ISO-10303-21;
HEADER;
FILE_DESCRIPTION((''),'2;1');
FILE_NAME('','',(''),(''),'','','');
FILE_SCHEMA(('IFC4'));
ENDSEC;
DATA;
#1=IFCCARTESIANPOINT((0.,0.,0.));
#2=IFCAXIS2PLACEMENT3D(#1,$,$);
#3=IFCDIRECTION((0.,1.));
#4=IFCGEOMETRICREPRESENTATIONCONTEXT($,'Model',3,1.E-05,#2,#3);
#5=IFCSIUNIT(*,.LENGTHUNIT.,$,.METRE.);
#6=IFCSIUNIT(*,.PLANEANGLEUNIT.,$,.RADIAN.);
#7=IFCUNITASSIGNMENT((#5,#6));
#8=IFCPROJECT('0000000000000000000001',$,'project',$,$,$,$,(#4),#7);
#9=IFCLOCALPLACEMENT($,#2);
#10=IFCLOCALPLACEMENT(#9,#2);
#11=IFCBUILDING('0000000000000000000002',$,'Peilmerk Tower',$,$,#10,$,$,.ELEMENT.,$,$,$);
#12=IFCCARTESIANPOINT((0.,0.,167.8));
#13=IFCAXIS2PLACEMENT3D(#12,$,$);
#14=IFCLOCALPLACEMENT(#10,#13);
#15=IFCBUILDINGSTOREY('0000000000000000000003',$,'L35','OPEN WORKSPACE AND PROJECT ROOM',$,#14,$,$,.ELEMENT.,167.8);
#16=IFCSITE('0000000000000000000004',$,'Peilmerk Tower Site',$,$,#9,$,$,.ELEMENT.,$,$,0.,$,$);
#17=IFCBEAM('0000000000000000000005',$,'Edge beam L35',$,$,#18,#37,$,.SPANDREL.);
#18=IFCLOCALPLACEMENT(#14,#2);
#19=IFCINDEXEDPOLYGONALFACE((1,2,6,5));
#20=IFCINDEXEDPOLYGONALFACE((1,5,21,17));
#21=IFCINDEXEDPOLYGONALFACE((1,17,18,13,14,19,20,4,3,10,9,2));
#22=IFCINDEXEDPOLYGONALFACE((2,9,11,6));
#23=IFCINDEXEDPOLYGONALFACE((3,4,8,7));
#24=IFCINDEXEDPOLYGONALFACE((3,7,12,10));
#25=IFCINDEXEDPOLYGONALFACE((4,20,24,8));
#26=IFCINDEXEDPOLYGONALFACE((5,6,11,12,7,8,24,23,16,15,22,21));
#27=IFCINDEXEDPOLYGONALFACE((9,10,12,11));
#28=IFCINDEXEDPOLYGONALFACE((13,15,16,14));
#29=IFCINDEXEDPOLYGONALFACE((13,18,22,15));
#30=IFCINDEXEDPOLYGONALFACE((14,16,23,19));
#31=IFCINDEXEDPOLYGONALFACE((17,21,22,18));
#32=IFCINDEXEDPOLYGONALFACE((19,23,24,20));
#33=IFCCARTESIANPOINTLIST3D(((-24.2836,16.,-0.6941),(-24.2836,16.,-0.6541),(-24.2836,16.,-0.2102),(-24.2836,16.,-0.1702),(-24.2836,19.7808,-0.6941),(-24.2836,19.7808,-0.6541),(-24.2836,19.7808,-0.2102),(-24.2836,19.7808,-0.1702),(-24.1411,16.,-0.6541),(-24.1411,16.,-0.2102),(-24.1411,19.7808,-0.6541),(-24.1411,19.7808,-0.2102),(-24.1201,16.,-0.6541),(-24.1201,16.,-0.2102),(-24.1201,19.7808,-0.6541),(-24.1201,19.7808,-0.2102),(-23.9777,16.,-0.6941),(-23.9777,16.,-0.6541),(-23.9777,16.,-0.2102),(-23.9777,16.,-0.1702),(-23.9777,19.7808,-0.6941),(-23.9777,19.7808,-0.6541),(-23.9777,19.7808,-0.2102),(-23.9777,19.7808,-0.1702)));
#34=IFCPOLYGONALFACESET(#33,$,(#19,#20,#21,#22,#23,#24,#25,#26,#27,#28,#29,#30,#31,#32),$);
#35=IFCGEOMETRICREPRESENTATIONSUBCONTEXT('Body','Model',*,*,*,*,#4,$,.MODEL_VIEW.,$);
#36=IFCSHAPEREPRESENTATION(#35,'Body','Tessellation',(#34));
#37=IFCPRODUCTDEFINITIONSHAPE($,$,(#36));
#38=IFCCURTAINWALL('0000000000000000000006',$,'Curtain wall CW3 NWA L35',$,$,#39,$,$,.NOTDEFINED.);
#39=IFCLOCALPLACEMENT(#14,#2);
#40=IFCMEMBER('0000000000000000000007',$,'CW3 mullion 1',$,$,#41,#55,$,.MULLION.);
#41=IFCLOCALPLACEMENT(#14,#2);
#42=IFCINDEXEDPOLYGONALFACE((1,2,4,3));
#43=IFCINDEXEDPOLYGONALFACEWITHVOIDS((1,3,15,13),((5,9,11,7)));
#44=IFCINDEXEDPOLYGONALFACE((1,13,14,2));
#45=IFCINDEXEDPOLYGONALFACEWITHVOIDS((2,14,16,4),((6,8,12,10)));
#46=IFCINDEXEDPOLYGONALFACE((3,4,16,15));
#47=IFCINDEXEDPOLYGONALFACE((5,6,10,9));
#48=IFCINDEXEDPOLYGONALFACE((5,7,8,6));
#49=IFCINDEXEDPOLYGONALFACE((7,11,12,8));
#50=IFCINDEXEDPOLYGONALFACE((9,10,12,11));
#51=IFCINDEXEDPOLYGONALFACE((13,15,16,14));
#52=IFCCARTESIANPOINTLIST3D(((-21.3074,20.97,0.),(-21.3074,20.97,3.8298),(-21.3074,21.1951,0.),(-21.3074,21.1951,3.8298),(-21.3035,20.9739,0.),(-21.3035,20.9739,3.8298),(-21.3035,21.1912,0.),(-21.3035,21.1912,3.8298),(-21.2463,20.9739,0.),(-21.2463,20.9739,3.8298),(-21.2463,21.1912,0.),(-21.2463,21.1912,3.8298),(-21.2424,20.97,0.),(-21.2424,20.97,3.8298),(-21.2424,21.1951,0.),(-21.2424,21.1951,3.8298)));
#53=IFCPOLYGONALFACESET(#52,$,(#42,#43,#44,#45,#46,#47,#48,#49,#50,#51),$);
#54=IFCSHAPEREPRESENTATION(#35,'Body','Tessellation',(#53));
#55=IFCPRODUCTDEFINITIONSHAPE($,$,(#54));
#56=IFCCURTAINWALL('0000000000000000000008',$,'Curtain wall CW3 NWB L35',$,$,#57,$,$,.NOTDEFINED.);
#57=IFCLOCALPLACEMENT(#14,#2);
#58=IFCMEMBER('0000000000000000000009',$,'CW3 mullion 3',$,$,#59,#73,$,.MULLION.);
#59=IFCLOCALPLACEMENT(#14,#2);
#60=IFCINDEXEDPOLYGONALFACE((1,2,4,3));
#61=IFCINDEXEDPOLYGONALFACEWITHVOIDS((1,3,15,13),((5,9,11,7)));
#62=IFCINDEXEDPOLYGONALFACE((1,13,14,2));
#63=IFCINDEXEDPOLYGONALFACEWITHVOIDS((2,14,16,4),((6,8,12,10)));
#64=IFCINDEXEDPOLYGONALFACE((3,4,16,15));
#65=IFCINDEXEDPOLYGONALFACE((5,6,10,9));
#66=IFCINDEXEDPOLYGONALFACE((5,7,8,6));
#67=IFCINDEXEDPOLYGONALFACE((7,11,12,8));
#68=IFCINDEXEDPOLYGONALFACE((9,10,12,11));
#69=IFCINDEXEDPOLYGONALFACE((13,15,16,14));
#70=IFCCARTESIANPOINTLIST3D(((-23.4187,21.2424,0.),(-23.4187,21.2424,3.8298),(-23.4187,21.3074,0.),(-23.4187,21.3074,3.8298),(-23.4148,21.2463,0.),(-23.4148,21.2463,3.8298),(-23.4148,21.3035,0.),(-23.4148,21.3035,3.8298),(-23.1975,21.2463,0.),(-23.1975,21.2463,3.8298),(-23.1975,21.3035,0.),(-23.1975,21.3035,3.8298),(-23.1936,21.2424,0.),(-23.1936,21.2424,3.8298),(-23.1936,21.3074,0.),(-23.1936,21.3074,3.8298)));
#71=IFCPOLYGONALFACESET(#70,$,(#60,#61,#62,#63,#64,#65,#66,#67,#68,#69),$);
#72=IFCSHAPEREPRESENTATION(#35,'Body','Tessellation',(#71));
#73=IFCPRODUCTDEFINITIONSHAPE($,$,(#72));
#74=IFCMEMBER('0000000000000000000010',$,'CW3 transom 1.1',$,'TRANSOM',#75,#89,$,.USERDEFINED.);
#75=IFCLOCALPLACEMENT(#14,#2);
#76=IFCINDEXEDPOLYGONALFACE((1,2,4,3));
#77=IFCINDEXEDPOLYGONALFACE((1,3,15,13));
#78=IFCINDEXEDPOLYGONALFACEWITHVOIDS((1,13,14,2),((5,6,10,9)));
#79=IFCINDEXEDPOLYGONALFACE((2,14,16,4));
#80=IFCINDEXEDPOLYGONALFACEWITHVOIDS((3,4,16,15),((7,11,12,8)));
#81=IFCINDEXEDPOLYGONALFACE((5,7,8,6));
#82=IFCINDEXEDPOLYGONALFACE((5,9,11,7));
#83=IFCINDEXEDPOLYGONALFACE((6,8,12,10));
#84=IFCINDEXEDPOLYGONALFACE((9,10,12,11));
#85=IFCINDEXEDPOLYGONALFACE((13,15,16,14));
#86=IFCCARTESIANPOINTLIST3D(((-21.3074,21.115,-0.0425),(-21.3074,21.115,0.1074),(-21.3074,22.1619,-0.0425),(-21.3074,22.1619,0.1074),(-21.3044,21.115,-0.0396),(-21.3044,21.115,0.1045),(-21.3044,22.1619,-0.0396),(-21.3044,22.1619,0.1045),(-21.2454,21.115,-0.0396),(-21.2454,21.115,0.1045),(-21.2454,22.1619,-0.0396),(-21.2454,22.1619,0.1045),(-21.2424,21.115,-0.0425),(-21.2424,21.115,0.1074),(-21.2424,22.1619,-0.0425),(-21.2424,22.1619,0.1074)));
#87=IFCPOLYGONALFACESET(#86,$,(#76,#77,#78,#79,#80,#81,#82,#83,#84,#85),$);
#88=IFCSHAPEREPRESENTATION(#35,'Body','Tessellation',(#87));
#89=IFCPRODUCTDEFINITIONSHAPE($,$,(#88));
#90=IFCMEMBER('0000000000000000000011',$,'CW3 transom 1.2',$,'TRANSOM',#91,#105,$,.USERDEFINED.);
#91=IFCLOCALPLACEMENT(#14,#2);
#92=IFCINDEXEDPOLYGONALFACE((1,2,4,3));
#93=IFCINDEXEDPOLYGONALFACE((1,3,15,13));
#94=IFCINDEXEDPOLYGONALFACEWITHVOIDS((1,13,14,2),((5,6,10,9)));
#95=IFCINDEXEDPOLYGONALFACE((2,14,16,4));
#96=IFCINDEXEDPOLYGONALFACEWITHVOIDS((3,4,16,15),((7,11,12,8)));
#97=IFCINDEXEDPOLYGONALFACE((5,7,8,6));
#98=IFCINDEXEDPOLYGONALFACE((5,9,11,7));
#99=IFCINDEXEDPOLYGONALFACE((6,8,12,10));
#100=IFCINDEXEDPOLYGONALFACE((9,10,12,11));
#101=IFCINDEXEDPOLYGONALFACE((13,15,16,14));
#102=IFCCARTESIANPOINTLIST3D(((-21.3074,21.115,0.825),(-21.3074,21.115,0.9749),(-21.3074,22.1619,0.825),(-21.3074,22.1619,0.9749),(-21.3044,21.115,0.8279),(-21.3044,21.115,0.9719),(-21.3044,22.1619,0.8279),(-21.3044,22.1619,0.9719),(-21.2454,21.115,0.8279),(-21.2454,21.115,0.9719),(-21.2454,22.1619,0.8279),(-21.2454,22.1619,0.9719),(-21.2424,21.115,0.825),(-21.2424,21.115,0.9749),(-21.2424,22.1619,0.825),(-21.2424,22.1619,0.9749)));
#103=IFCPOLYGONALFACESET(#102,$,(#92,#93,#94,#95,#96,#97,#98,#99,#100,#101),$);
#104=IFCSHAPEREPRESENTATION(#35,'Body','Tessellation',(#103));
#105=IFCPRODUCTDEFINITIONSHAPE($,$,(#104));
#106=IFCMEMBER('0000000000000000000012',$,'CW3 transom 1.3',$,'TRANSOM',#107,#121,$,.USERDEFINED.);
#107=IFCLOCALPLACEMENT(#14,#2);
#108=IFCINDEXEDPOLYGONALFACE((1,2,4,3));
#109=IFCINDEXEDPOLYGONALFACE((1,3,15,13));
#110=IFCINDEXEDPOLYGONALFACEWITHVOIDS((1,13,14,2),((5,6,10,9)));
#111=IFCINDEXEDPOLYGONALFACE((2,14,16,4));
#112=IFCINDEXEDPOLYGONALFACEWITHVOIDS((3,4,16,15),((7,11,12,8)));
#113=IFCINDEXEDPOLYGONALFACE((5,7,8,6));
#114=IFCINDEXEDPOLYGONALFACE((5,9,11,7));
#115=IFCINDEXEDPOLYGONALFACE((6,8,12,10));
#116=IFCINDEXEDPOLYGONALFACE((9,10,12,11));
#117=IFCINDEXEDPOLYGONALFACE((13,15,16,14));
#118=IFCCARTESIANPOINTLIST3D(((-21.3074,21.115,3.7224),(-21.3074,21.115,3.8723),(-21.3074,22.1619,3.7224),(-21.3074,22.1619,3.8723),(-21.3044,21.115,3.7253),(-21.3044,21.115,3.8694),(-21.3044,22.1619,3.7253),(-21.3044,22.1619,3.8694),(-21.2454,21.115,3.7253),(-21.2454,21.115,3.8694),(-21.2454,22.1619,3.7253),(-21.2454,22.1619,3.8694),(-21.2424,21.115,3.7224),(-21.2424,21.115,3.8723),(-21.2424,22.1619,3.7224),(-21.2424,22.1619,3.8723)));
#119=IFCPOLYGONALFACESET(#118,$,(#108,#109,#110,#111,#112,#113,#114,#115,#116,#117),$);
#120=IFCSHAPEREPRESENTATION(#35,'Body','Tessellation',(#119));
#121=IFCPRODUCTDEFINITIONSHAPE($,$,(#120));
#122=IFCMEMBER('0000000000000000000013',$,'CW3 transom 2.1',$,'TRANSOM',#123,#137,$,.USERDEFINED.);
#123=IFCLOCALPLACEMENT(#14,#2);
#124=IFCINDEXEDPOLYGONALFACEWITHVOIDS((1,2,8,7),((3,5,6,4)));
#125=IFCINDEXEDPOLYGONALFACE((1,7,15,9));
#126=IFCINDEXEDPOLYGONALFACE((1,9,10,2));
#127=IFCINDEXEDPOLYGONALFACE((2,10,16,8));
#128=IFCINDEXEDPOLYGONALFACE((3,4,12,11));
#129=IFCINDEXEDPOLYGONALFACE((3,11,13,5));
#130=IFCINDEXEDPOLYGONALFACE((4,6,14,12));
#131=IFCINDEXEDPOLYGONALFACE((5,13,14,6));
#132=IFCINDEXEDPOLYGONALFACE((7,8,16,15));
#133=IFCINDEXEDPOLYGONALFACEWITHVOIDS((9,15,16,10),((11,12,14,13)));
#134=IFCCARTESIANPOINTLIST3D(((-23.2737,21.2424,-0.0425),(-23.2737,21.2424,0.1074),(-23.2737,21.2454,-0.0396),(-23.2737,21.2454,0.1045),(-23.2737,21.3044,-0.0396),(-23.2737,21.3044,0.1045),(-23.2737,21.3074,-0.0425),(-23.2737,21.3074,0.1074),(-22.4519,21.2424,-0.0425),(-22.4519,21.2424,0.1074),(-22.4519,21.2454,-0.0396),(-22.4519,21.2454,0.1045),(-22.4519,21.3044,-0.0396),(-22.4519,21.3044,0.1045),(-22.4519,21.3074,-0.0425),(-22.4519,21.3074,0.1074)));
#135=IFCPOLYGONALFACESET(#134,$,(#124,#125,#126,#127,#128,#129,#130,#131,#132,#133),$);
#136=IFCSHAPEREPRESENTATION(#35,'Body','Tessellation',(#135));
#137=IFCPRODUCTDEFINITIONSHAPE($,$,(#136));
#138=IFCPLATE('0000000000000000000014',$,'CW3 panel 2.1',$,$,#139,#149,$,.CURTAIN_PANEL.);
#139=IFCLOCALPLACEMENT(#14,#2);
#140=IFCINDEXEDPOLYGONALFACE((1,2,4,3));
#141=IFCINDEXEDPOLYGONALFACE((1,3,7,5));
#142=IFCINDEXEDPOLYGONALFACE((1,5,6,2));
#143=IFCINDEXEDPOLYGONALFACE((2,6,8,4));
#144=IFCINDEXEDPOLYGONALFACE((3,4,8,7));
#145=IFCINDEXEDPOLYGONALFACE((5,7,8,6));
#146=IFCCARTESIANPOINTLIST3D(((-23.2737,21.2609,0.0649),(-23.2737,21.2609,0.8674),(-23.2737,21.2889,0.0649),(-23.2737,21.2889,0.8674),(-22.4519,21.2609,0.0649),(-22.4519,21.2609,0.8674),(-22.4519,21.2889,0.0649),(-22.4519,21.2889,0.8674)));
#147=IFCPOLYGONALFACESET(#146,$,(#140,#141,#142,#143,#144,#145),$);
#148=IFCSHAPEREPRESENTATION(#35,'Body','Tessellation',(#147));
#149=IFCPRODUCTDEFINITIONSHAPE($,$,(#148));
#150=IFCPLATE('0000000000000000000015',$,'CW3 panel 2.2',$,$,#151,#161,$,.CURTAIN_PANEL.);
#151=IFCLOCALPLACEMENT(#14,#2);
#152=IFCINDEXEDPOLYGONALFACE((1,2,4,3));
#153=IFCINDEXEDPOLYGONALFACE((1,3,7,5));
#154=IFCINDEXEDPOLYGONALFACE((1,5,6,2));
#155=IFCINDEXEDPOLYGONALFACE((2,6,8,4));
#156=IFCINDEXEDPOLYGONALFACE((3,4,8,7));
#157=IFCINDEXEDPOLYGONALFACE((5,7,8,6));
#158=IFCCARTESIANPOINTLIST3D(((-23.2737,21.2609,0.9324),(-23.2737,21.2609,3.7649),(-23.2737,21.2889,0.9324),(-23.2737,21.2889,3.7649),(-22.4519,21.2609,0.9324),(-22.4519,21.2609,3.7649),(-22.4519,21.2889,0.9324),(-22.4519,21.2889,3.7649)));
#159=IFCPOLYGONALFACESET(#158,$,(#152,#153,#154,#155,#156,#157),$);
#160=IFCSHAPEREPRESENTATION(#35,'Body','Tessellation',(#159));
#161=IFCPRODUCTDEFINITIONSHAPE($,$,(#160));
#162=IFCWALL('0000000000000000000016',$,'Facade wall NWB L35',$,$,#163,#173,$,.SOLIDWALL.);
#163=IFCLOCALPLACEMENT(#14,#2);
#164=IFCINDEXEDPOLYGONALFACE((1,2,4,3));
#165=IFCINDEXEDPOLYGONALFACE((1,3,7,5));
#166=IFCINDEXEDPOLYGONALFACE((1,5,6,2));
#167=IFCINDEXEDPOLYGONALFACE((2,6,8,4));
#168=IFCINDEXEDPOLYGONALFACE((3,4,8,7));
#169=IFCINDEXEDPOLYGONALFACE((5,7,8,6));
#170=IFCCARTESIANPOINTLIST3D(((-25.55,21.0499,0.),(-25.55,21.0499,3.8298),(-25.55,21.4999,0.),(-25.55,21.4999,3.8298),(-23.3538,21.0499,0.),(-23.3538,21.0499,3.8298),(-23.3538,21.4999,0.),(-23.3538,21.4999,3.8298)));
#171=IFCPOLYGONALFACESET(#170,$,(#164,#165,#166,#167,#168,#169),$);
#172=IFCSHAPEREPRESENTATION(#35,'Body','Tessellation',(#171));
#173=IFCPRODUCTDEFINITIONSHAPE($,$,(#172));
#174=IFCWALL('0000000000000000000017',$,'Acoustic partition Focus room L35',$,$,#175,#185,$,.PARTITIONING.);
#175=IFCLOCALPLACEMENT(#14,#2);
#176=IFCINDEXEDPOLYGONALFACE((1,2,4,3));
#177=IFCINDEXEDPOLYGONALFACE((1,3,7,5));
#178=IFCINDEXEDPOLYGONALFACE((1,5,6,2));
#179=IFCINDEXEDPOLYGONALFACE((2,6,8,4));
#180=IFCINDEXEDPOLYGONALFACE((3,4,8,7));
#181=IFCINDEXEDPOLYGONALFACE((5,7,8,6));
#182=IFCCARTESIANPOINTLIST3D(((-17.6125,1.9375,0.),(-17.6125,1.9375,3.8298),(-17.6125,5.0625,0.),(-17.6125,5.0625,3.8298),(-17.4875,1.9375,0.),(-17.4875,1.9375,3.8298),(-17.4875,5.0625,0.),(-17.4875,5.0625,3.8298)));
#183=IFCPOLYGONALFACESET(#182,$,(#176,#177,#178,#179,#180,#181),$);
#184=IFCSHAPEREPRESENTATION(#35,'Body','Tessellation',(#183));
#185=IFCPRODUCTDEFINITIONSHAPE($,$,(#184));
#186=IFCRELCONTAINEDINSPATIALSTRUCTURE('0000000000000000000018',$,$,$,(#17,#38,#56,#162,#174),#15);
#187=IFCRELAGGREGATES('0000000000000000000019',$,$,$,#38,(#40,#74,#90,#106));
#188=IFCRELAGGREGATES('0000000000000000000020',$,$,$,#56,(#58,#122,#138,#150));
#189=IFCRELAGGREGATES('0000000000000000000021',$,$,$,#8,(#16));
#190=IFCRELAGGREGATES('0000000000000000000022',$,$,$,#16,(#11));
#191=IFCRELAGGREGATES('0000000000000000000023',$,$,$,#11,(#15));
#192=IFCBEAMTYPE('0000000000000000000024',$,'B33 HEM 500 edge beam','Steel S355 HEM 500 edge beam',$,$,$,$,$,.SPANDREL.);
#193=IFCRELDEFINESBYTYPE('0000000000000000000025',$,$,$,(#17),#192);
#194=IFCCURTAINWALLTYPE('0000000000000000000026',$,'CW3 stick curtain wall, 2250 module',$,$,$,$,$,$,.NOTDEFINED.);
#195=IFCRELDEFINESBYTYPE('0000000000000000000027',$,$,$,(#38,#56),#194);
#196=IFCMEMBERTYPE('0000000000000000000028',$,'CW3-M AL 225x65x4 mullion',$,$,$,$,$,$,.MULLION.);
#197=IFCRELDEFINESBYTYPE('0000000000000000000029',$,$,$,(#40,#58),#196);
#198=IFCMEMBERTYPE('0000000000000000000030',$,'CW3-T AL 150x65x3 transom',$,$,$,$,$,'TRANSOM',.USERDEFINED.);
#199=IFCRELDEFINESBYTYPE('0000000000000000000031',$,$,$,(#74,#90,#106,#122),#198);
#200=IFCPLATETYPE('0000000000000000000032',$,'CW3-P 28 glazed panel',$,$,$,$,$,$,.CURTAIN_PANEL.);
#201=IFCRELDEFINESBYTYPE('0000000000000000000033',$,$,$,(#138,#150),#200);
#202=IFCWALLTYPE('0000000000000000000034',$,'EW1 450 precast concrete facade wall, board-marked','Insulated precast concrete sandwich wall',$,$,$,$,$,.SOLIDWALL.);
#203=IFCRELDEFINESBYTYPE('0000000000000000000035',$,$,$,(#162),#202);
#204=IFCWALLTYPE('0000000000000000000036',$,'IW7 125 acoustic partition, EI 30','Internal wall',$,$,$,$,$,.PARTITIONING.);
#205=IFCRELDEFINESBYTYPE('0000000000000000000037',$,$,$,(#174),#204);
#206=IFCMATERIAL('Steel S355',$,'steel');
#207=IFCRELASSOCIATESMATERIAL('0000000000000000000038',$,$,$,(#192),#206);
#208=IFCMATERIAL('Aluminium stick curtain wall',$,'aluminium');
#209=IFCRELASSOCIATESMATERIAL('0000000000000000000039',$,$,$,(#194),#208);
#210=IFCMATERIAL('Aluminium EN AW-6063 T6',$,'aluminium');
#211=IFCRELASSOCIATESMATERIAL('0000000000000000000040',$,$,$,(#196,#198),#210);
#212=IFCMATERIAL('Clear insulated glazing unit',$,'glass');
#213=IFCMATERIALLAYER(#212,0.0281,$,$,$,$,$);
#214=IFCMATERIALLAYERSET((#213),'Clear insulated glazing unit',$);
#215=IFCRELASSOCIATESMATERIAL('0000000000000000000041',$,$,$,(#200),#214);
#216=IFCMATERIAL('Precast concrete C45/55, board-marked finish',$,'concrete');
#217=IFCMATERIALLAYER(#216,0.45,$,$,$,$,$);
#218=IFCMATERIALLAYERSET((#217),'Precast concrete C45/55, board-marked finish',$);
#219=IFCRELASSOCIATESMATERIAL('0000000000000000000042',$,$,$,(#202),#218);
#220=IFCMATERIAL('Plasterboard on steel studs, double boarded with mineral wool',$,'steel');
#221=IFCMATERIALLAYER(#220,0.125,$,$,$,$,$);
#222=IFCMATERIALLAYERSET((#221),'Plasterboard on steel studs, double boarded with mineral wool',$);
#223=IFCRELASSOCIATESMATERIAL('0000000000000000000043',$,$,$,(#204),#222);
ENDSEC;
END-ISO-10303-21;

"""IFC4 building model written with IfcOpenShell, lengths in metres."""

from ifc_helpers import new_model, si_unit, direction, frame, frame_2d, origin, origin_2d, place, context, subcontext, project, spatial, rectangle, hollow_rectangle, i_section, extrude, material, layer, layer_set, material_profile, profile_set, type_object, element, aggregate, save


model = new_model("IFC4")

# Units and contexts
model_context = context("Model", 3, precision=1e-05, world=origin(), true_north=direction((0.0, 1.0)))
body_context = subcontext(model_context, "Body", "Model", "MODEL_VIEW")
ifc_project = project(units=[si_unit("LENGTHUNIT", "METRE"), si_unit("PLANEANGLEUNIT", "RADIAN")], contexts=[model_context])

# Site, building, storey
site_placement = place(None, origin())
site = spatial("IfcSite", under=ifc_project, at=site_placement, Name="Peilmerk Tower Site", CompositionType="ELEMENT", RefElevation=0.0)
building_placement = place(site_placement, origin())
building = spatial("IfcBuilding", under=site, at=building_placement, Name="Peilmerk Tower", CompositionType="ELEMENT")
storey_placement = place(building_placement, frame((0.0, 0.0, 167.8)))
storey = spatial("IfcBuildingStorey", under=building, at=storey_placement, Name="L35", Description="OPEN WORKSPACE AND PROJECT ROOM", CompositionType="ELEMENT", Elevation=167.8)

# Beam
ifc_material_1 = material(Name="Steel S355", Category="steel")
ifc_material_profile_1 = material_profile(ifc_material_1, i_section(OverallWidth=0.3059, OverallDepth=0.5239, WebThickness=0.021, FlangeThickness=0.04, at=origin_2d()), Name="HEM 500")
ifc_profile_set_1 = profile_set([ifc_material_profile_1], Name="Steel S355")
beam_type_1 = type_object("IfcBeamType", Name="B33 HEM 500 edge beam", Description="Steel S355 HEM 500 edge beam", PredefinedType="SPANDREL", material=ifc_profile_set_1)
beam_1_placement = place(storey_placement, frame((-24.1306, 19.7808, -0.4321), z_axis=(0.0, -1.0, 0.0), x_axis=(1.0, 0.0, 0.0)))
element("IfcBeam", 1, at=beam_1_placement, inside=storey, type_object=beam_type_1, Name="Edge beam L35", PredefinedType="SPANDREL", context=body_context, shape_type="SweptSolid", body=[
    extrude(i_section(OverallWidth=0.3059, OverallDepth=0.5239, WebThickness=0.021, FlangeThickness=0.04, at=origin_2d()), origin(), (0.0, 0.0, 1.0), 3.7808),
])

# Curtain walls, members
ifc_material_2 = material(Name="Aluminium stick curtain wall", Category="aluminium")
curtain_wall_type = type_object("IfcCurtainWallType", Name="CW3 stick curtain wall, 2250 module", PredefinedType="NOTDEFINED", material=ifc_material_2)
curtain_wall_1_placement = place(storey_placement, origin())
curtain_wall_1 = element("IfcCurtainWall", 2, at=curtain_wall_1_placement, inside=storey, type_object=curtain_wall_type, Name="Curtain wall CW3 NWA L35", PredefinedType="NOTDEFINED")
ifc_material_3 = material(Name="Aluminium EN AW-6063 T6", Category="aluminium")
ifc_material_profile_2 = material_profile(ifc_material_3, hollow_rectangle(XDim=0.0649, YDim=0.2251, WallThickness=0.0039, at=origin_2d()), Name="AL 225x65x4")
ifc_profile_set_2 = profile_set([ifc_material_profile_2], Name="Aluminium EN AW-6063 T6")
member_type_1 = type_object("IfcMemberType", Name="CW3-M AL 225x65x4 mullion", PredefinedType="MULLION", material=ifc_profile_set_2)
member_1_placement = place(storey_placement, frame((-21.2749, 21.0825, 0.0), z_axis=(0.0, 0.0, 1.0), x_axis=(-1.0, 0.0, 0.0)))
member_1 = element("IfcMember", 3, at=member_1_placement, type_object=member_type_1, Name="CW3 mullion 1", PredefinedType="MULLION", context=body_context, shape_type="SweptSolid", body=[
    extrude(hollow_rectangle(XDim=0.0649, YDim=0.2251, WallThickness=0.0039, at=origin_2d()), origin(), (0.0, 0.0, 1.0), 3.8298),
])
curtain_wall_2_placement = place(storey_placement, origin())
curtain_wall_2 = element("IfcCurtainWall", 4, at=curtain_wall_2_placement, inside=storey, type_object=curtain_wall_type, Name="Curtain wall CW3 NWB L35", PredefinedType="NOTDEFINED")
member_2_placement = place(storey_placement, frame((-23.3062, 21.2749, 0.0), z_axis=(0.0, 0.0, 1.0), x_axis=(0.0, -1.0, 0.0)))
member_2 = element("IfcMember", 5, at=member_2_placement, type_object=member_type_1, Name="CW3 mullion 3", PredefinedType="MULLION", context=body_context, shape_type="SweptSolid", body=[
    extrude(hollow_rectangle(XDim=0.0649, YDim=0.2251, WallThickness=0.0039, at=origin_2d()), origin(), (0.0, 0.0, 1.0), 3.8298),
])

# Members
ifc_material_profile_3 = material_profile(ifc_material_3, hollow_rectangle(XDim=0.0649, YDim=0.1499, WallThickness=0.0029, at=origin_2d()), Name="AL 150x65x3")
ifc_profile_set_3 = profile_set([ifc_material_profile_3], Name="Aluminium EN AW-6063 T6")
member_type_2 = type_object("IfcMemberType", Name="CW3-T AL 150x65x3 transom", ElementType="TRANSOM", PredefinedType="USERDEFINED", material=ifc_profile_set_3)
member_3_placement = place(storey_placement, frame((-21.2749, 21.115, 0.0325), z_axis=(0.0, 1.0, 0.0), x_axis=(-1.0, 0.0, 0.0)))
member_3 = element("IfcMember", 6, at=member_3_placement, type_object=member_type_2, Name="CW3 transom 1.1", ObjectType="TRANSOM", PredefinedType="USERDEFINED", context=body_context, shape_type="SweptSolid", body=[
    extrude(hollow_rectangle(XDim=0.0649, YDim=0.1499, WallThickness=0.0029, at=origin_2d()), origin(), (0.0, 0.0, 1.0), 1.0469),
])
member_4_placement = place(storey_placement, frame((-21.2749, 21.115, 0.8999), z_axis=(0.0, 1.0, 0.0), x_axis=(-1.0, 0.0, 0.0)))
member_4 = element("IfcMember", 7, at=member_4_placement, type_object=member_type_2, Name="CW3 transom 1.2", ObjectType="TRANSOM", PredefinedType="USERDEFINED", context=body_context, shape_type="SweptSolid", body=[
    extrude(hollow_rectangle(XDim=0.0649, YDim=0.1499, WallThickness=0.0029, at=origin_2d()), origin(), (0.0, 0.0, 1.0), 1.0469),
])
member_5_placement = place(storey_placement, frame((-21.2749, 21.115, 3.7974), z_axis=(0.0, 1.0, 0.0), x_axis=(-1.0, 0.0, 0.0)))
member_5 = element("IfcMember", 8, at=member_5_placement, type_object=member_type_2, Name="CW3 transom 1.3", ObjectType="TRANSOM", PredefinedType="USERDEFINED", context=body_context, shape_type="SweptSolid", body=[
    extrude(hollow_rectangle(XDim=0.0649, YDim=0.1499, WallThickness=0.0029, at=origin_2d()), origin(), (0.0, 0.0, 1.0), 1.0469),
])
aggregate(curtain_wall_1, [member_1, member_3, member_4, member_5])
member_6_placement = place(storey_placement, frame((-22.4519, 21.2749, 0.0325), z_axis=(-1.0, 0.0, 0.0), x_axis=(0.0, -1.0, 0.0)))
member_6 = element("IfcMember", 9, at=member_6_placement, type_object=member_type_2, Name="CW3 transom 2.1", ObjectType="TRANSOM", PredefinedType="USERDEFINED", context=body_context, shape_type="SweptSolid", body=[
    extrude(hollow_rectangle(XDim=0.0649, YDim=0.1499, WallThickness=0.0029, at=origin_2d()), origin(), (0.0, 0.0, 1.0), 0.8218),
])

# Plates
ifc_material_4 = material(Name="Clear insulated glazing unit", Category="glass")
ifc_layer_1 = layer(ifc_material_4, 0.0281)
ifc_layer_set_1 = layer_set([ifc_layer_1], Name="Clear insulated glazing unit")
plate_type = type_object("IfcPlateType", Name="CW3-P 28 glazed panel", PredefinedType="CURTAIN_PANEL", material=ifc_layer_set_1)
plate_1_placement = place(storey_placement, frame((-22.8628, 21.2749, 0.0649), z_axis=(0.0, 0.0, 1.0), x_axis=(-1.0, 0.0, 0.0)))
plate_1 = element("IfcPlate", 10, at=plate_1_placement, type_object=plate_type, Name="CW3 panel 2.1", PredefinedType="CURTAIN_PANEL", context=body_context, shape_type="SweptSolid", body=[
    extrude(rectangle(XDim=0.8218, YDim=0.0281, at=origin_2d()), origin(), (0.0, 0.0, 1.0), 0.8025),
])
plate_2_placement = place(storey_placement, frame((-22.8628, 21.2749, 0.9324), z_axis=(0.0, 0.0, 1.0), x_axis=(-1.0, 0.0, 0.0)))
plate_2 = element("IfcPlate", 11, at=plate_2_placement, type_object=plate_type, Name="CW3 panel 2.2", PredefinedType="CURTAIN_PANEL", context=body_context, shape_type="SweptSolid", body=[
    extrude(rectangle(XDim=0.8218, YDim=0.0281, at=origin_2d()), origin(), (0.0, 0.0, 1.0), 2.8325),
])
aggregate(curtain_wall_2, [member_2, member_6, plate_1, plate_2])

# Walls
ifc_material_5 = material(Name="Precast concrete C45/55, board-marked finish", Category="concrete")
ifc_layer_2 = layer(ifc_material_5, 0.45)
ifc_layer_set_2 = layer_set([ifc_layer_2], Name="Precast concrete C45/55, board-marked finish")
wall_type_1 = type_object("IfcWallType", Name="EW1 450 precast concrete facade wall, board-marked", Description="Insulated precast concrete sandwich wall", PredefinedType="SOLIDWALL", material=ifc_layer_set_2)
wall_1_placement = place(storey_placement, frame((-23.3538, 21.2749, 0.0), z_axis=(0.0, 0.0, 1.0), x_axis=(-1.0, 0.0, 0.0)))
element("IfcWall", 12, at=wall_1_placement, inside=storey, type_object=wall_type_1, Name="Facade wall NWB L35", PredefinedType="SOLIDWALL", context=body_context, shape_type="SweptSolid", body=[
    extrude(rectangle(XDim=2.1963, YDim=0.45, at=frame_2d((1.0981, 0.0))), origin(), (0.0, 0.0, 1.0), 3.8298),
])
ifc_material_6 = material(Name="Plasterboard on steel studs, double boarded with mineral wool", Category="steel")
ifc_layer_3 = layer(ifc_material_6, 0.125)
ifc_layer_set_3 = layer_set([ifc_layer_3], Name="Plasterboard on steel studs, double boarded with mineral wool")
wall_type_2 = type_object("IfcWallType", Name="IW7 125 acoustic partition, EI 30", Description="Internal wall", PredefinedType="PARTITIONING", material=ifc_layer_set_3)
wall_2_placement = place(storey_placement, frame((-17.55, 1.9375, 0.0), z_axis=(0.0, 0.0, 1.0), x_axis=(0.0, 1.0, 0.0)))
element("IfcWall", 13, at=wall_2_placement, inside=storey, type_object=wall_type_2, Name="Acoustic partition Focus room L35", PredefinedType="PARTITIONING", context=body_context, shape_type="SweptSolid", body=[
    extrude(rectangle(XDim=3.125, YDim=0.125, at=frame_2d((1.5625, 0.0))), origin(), (0.0, 0.0, 1.0), 3.8298),
])

save(model, "model.ifc")
